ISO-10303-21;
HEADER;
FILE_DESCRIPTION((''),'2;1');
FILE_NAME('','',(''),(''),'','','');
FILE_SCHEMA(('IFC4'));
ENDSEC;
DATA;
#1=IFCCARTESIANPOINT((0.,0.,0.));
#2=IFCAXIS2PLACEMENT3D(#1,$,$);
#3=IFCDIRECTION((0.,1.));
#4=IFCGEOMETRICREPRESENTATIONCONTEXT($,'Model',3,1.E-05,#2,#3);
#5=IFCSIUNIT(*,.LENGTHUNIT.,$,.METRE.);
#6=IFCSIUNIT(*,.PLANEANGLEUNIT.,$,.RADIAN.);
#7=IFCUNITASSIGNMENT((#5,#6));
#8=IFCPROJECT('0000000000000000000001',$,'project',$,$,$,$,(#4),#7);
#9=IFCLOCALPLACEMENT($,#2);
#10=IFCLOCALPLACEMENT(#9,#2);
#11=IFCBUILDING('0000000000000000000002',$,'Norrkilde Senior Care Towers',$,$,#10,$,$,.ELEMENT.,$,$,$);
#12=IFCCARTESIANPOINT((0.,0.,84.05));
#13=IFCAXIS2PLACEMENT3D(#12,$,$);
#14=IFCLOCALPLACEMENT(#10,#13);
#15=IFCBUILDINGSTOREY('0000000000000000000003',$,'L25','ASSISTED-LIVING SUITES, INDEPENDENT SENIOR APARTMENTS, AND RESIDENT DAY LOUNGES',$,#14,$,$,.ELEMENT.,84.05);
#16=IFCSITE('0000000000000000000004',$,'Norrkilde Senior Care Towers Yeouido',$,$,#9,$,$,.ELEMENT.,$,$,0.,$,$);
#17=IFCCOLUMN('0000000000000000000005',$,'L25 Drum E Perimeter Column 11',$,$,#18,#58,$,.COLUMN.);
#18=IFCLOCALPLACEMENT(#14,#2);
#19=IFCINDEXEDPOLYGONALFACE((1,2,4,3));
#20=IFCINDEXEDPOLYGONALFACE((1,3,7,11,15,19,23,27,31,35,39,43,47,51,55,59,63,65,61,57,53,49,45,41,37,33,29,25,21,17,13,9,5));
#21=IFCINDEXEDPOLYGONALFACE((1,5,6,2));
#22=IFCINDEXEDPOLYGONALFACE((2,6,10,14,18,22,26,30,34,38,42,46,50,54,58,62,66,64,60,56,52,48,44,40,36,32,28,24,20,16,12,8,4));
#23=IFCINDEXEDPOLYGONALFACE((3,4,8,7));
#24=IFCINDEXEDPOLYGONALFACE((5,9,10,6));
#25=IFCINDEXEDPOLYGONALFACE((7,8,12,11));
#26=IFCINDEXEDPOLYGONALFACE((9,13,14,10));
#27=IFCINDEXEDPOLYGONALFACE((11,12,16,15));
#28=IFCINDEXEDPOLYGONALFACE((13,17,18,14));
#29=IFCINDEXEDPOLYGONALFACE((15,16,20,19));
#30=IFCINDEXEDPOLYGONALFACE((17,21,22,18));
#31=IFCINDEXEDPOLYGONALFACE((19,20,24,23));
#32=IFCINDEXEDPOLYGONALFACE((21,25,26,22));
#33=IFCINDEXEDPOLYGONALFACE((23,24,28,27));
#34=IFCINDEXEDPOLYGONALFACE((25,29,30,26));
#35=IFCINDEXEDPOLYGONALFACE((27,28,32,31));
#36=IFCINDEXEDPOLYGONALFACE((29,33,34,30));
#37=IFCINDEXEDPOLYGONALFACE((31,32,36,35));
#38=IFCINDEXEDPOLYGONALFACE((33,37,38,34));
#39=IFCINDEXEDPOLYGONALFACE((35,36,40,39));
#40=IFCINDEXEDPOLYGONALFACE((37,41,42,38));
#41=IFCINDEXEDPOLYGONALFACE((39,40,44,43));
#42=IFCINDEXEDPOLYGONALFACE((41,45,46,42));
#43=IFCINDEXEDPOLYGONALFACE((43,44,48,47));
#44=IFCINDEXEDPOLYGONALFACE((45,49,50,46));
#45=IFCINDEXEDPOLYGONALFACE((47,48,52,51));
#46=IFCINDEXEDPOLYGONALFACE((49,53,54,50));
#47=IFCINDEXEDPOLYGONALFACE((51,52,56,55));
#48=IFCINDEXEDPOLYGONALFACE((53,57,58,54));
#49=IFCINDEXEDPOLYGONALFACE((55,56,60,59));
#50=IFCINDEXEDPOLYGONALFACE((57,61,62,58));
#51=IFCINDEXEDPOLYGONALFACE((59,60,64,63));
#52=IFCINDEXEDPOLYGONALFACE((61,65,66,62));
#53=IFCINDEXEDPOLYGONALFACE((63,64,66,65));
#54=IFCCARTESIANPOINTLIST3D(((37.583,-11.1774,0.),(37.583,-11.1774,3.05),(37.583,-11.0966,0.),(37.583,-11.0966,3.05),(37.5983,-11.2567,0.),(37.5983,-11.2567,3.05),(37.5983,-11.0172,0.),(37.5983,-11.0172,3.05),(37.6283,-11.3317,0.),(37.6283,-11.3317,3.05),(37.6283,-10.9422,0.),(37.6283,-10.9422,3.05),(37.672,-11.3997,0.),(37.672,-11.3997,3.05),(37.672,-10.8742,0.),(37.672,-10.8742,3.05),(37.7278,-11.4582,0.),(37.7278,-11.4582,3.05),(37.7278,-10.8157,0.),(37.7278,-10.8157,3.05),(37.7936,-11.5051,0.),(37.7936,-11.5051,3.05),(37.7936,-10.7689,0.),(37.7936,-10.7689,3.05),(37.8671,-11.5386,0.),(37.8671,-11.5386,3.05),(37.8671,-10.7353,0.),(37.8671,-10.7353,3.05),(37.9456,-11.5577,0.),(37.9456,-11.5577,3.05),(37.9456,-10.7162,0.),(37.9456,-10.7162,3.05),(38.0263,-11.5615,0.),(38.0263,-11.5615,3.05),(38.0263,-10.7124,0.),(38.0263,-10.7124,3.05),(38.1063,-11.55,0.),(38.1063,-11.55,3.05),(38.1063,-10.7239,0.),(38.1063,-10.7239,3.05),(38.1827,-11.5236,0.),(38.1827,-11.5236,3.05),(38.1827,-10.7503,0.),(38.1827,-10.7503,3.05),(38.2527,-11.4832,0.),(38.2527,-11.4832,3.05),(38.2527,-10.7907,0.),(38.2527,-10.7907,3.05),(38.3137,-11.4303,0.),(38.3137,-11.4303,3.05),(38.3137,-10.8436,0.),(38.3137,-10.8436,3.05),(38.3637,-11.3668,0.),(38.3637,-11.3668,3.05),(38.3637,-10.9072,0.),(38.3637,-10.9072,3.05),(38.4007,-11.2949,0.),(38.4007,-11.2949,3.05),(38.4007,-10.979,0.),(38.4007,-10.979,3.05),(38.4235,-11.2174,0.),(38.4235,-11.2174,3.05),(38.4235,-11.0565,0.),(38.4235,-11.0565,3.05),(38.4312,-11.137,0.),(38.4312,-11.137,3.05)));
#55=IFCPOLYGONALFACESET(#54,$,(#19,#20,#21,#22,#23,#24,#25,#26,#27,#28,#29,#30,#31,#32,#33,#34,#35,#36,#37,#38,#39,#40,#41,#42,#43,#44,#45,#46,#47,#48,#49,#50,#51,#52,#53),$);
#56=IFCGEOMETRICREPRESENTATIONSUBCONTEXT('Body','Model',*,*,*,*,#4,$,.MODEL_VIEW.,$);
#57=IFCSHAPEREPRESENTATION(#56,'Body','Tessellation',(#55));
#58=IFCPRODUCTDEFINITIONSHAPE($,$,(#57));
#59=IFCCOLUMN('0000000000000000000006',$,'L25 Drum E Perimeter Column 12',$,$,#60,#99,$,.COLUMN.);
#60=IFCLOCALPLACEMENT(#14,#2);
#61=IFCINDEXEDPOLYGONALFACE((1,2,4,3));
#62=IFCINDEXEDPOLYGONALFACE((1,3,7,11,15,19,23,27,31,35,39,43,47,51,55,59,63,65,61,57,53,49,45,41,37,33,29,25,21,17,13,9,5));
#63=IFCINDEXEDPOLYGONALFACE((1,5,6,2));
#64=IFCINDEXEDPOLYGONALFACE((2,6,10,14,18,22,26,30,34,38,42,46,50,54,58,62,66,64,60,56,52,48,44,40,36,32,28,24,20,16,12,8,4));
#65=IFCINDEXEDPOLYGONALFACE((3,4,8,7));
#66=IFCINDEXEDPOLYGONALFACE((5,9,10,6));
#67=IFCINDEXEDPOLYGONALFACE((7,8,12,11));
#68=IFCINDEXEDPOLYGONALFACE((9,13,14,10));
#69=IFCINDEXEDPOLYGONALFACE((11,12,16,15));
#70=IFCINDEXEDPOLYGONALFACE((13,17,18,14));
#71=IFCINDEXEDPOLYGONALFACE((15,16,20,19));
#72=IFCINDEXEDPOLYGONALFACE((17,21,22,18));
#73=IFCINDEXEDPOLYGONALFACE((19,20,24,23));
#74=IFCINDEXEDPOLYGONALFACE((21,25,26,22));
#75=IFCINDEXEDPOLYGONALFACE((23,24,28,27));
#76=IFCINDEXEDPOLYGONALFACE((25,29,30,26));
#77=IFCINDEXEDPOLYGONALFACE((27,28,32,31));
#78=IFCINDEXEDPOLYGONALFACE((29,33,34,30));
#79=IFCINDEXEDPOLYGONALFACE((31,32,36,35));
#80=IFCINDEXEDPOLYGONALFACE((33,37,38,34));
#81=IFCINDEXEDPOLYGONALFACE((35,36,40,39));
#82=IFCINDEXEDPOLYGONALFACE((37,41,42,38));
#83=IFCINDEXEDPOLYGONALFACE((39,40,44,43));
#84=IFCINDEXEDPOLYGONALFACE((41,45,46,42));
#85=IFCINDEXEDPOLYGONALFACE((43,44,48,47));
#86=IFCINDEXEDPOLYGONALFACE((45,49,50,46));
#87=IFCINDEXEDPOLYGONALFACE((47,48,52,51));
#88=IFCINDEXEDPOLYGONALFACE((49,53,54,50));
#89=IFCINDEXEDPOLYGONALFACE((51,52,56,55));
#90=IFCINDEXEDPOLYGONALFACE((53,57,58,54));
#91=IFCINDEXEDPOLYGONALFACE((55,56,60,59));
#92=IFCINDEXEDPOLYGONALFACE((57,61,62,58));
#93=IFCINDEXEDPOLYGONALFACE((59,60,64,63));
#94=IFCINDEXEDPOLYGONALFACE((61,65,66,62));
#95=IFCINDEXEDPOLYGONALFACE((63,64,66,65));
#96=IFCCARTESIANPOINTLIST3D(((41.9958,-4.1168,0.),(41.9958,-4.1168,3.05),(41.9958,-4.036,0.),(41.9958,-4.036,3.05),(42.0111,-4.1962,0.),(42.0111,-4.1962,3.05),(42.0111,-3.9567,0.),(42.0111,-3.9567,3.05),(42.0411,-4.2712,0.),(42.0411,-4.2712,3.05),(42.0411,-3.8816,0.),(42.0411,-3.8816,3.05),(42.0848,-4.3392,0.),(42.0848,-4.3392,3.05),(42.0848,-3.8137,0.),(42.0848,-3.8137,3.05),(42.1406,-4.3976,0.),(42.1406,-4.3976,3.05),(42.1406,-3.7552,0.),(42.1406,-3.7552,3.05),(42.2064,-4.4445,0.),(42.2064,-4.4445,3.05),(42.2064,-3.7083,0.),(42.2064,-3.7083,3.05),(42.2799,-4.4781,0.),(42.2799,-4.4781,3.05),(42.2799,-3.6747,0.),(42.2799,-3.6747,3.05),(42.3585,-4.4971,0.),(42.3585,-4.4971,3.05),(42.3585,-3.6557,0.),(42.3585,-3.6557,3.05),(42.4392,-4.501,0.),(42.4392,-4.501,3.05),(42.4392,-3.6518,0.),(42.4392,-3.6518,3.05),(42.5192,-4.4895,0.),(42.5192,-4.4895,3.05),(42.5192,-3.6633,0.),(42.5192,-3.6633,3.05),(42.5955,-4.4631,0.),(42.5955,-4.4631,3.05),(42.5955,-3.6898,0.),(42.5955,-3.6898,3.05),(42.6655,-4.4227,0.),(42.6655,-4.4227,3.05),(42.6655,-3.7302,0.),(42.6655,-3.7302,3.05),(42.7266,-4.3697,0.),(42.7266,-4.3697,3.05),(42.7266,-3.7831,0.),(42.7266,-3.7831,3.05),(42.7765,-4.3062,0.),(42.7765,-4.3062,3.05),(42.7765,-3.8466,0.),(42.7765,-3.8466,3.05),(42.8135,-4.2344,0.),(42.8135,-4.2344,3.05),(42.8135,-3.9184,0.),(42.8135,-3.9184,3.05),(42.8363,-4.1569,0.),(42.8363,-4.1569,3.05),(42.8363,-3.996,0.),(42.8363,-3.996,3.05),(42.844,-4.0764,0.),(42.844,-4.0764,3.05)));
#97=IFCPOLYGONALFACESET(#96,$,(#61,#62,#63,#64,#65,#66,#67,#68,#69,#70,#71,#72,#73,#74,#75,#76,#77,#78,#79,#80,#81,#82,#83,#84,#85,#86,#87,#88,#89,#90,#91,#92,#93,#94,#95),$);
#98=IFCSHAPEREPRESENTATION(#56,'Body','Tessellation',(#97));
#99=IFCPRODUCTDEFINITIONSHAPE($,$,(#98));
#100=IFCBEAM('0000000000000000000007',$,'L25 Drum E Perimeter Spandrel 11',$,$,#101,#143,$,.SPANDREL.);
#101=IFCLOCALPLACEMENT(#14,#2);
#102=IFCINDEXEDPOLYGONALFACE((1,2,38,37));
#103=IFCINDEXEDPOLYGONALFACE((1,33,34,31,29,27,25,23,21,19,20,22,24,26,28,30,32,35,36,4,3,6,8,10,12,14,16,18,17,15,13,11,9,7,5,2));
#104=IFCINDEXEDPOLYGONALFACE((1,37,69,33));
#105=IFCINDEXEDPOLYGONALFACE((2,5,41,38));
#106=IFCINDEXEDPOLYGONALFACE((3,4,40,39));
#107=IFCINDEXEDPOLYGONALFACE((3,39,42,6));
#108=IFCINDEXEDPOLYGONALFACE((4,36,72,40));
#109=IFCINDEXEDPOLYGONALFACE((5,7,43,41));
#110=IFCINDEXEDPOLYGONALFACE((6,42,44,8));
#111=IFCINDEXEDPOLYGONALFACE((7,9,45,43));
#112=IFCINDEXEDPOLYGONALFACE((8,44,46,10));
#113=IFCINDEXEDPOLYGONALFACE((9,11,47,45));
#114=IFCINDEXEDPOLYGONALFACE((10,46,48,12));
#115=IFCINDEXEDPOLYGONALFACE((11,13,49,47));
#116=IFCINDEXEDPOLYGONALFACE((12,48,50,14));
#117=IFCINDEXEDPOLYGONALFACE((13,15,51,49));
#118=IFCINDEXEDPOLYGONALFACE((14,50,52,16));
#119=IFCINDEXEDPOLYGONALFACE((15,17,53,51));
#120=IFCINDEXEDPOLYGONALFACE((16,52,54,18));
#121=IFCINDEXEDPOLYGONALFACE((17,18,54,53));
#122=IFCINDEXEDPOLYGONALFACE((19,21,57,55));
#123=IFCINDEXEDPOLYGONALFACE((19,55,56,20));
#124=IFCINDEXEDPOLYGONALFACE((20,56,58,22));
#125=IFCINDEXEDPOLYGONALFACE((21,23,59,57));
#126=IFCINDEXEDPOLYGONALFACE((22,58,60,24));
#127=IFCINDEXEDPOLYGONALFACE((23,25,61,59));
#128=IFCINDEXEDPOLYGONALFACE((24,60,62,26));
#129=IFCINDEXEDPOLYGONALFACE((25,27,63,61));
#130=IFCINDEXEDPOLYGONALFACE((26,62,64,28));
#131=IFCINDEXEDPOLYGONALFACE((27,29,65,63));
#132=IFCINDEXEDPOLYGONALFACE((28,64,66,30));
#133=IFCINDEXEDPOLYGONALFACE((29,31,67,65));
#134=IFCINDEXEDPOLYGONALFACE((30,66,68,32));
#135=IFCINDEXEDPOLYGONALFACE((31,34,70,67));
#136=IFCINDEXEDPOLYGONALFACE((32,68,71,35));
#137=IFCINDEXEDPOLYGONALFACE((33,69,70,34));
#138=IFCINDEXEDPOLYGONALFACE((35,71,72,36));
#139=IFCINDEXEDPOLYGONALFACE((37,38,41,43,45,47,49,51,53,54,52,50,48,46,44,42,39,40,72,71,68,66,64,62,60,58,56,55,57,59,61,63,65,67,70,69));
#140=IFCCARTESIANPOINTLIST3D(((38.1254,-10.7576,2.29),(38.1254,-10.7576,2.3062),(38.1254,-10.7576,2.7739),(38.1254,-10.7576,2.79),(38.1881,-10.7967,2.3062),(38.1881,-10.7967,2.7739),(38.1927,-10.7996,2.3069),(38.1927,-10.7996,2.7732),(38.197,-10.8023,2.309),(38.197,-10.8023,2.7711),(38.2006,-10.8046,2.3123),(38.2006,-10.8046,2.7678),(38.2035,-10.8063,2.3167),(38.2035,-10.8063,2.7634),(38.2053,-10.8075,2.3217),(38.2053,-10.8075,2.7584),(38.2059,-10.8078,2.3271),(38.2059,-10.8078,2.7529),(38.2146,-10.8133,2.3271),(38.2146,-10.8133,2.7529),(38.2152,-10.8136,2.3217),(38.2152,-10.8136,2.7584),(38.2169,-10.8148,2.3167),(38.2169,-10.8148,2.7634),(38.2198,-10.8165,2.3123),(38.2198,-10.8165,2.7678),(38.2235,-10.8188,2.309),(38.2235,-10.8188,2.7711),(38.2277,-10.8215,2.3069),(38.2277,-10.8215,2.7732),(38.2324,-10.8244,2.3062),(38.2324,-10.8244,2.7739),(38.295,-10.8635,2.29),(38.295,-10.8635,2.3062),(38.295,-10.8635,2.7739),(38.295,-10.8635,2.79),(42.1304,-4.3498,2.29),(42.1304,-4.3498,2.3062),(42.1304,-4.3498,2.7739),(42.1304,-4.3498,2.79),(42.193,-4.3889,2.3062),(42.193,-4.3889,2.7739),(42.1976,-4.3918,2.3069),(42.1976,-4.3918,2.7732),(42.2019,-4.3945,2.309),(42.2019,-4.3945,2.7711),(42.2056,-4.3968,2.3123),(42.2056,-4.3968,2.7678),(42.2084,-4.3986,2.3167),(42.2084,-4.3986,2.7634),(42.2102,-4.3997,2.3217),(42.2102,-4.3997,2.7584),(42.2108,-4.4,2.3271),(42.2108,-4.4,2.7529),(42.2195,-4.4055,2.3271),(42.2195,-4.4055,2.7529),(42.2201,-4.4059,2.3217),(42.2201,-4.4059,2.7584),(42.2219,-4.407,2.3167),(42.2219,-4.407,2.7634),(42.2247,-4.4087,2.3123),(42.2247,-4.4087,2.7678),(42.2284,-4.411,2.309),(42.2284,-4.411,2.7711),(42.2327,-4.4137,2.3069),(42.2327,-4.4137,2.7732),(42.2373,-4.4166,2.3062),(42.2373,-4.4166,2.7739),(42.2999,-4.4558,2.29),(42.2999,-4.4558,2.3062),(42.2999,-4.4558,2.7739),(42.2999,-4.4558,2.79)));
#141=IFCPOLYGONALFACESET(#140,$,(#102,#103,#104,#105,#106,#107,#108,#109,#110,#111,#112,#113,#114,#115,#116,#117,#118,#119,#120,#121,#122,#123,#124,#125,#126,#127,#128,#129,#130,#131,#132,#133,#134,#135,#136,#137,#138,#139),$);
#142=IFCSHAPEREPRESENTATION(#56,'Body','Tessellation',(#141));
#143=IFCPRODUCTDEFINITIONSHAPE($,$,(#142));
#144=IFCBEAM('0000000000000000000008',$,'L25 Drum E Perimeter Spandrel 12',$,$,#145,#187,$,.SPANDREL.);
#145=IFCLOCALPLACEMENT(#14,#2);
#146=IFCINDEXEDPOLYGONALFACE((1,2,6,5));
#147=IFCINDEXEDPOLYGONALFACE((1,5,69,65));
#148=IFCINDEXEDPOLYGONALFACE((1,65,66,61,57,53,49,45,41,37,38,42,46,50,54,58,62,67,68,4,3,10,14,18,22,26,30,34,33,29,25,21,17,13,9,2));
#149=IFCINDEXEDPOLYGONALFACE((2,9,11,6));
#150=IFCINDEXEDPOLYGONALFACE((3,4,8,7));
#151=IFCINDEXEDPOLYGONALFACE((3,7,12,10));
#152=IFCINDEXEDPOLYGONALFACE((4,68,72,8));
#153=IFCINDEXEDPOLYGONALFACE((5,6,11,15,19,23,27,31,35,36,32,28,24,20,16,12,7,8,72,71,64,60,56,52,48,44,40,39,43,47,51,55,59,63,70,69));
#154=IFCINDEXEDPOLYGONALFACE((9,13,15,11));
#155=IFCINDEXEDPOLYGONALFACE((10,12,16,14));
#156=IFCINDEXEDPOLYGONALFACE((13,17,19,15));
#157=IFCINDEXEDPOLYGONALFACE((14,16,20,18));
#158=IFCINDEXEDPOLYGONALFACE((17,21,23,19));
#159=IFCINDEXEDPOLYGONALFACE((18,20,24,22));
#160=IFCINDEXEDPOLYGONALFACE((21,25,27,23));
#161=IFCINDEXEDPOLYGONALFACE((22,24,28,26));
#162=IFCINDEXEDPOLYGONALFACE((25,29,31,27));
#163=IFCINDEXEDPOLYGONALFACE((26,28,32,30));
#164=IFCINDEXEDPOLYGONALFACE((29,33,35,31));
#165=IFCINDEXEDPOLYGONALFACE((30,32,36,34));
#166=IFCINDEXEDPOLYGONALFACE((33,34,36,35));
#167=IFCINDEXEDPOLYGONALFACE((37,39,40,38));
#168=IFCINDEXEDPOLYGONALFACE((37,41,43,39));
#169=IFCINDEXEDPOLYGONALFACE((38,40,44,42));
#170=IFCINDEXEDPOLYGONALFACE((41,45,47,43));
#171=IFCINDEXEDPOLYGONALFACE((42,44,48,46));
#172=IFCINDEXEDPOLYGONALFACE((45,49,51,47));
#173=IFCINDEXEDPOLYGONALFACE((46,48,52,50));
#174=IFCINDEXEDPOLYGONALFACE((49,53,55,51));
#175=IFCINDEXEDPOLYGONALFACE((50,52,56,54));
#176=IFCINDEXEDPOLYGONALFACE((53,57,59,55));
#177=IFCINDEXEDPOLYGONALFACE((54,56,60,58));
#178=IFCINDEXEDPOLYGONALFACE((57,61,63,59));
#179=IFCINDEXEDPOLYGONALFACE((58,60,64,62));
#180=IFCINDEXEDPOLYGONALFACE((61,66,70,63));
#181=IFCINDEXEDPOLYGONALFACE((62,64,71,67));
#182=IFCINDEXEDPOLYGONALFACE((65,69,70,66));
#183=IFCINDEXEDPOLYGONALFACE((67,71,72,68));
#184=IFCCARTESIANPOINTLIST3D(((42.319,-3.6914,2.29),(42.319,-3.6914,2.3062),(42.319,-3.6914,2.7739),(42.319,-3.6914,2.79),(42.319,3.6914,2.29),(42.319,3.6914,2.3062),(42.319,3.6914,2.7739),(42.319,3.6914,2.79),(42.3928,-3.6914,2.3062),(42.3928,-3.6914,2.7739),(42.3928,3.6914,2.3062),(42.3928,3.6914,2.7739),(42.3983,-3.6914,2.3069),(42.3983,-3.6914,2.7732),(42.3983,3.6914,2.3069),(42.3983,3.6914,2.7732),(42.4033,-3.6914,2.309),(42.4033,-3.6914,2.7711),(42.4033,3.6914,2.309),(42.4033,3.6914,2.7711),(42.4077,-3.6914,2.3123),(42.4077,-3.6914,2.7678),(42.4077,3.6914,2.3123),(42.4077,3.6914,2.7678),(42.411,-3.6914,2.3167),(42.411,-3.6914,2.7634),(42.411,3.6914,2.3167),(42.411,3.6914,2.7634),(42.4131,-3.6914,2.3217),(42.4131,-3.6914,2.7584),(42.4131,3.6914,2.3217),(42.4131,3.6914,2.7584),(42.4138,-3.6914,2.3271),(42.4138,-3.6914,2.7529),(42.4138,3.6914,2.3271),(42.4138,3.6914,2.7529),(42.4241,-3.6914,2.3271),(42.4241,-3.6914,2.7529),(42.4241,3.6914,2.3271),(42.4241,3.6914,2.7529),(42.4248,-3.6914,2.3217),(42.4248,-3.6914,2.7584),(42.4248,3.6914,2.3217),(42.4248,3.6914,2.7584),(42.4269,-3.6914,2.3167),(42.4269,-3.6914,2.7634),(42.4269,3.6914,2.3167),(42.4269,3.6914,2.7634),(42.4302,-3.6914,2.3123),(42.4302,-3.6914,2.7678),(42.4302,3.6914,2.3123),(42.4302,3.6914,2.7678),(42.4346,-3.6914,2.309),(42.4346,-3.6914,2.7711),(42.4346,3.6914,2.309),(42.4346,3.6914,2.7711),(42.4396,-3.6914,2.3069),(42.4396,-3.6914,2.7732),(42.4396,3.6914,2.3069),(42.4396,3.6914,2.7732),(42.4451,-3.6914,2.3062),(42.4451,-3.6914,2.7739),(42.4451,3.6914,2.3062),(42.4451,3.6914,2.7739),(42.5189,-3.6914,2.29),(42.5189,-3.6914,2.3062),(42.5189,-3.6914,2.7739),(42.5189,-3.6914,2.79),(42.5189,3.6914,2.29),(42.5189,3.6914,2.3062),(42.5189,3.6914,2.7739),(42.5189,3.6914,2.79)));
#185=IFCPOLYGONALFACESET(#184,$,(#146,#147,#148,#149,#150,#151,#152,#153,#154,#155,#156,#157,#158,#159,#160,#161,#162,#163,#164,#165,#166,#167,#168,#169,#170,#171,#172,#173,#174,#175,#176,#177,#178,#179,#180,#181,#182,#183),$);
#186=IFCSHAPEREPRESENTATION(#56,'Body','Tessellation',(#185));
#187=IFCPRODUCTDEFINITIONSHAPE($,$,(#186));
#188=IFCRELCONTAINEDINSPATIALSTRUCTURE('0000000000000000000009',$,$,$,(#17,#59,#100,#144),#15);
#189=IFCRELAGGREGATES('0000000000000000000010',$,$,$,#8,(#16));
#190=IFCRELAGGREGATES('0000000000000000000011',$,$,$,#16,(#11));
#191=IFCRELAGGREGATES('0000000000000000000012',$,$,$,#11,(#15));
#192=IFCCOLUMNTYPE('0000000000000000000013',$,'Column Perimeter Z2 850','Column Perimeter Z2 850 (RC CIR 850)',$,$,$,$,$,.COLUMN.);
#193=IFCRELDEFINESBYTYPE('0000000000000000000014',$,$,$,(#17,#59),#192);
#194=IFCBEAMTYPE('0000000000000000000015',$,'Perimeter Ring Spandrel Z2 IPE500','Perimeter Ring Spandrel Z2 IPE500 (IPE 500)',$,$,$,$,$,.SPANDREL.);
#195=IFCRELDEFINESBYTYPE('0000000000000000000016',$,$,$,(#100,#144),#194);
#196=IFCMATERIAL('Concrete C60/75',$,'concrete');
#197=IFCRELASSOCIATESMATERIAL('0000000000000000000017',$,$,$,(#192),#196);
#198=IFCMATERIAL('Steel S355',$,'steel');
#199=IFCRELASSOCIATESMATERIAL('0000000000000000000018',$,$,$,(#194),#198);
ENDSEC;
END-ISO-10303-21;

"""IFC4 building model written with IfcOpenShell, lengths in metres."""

from ifc_helpers import new_model, si_unit, direction, frame, origin, origin_2d, place, context, subcontext, project, spatial, circle, i_section, extrude, source, transform, mapped, material, material_profile, profile_set, type_object, type_shapes, element, save


model = new_model("IFC4")

# Units and contexts
model_context = context("Model", 3, precision=1e-05, world=origin(), true_north=direction((0.0, 1.0)))
body_context = subcontext(model_context, "Body", "Model", "MODEL_VIEW")
ifc_project = project(units=[si_unit("LENGTHUNIT", "METRE"), si_unit("PLANEANGLEUNIT", "RADIAN")], contexts=[model_context])

# Site, building, storey
site_placement = place(None, origin())
site = spatial("IfcSite", under=ifc_project, at=site_placement, Name="Norrkilde Senior Care Towers Yeouido", CompositionType="ELEMENT", RefElevation=0.0)
building_placement = place(site_placement, origin())
building = spatial("IfcBuilding", under=site, at=building_placement, Name="Norrkilde Senior Care Towers", CompositionType="ELEMENT")
storey_placement = place(building_placement, frame((0.0, 0.0, 84.05)))
storey = spatial("IfcBuildingStorey", under=building, at=storey_placement, Name="L25", Description="ASSISTED-LIVING SUITES, INDEPENDENT SENIOR APARTMENTS, AND RESIDENT DAY LOUNGES", CompositionType="ELEMENT", Elevation=84.05)

# Columns
ifc_material_1 = material(Name="Concrete C60/75", Category="concrete")
ifc_material_profile_1 = material_profile(ifc_material_1, circle(Radius=0.425, at=origin_2d()), Name="RC CIR 850")
ifc_profile_set_1 = profile_set([ifc_material_profile_1], Name="Concrete C60/75")
column_type = type_object("IfcColumnType", Name="Column Perimeter Z2 850", Description="Column Perimeter Z2 850 (RC CIR 850)", PredefinedType="COLUMN", material=ifc_profile_set_1)
shared_shape_1 = source(origin(), body_context, "Body", "SweptSolid", [
    extrude(circle(Radius=0.425, at=origin_2d()), origin(), (0.0, 0.0, 1.0), 3.05),
])
type_shapes(column_type, [shared_shape_1])
for number, where, z_axis, x_axis, name in (
    (1, (38.0061, -11.137, 0.0), (0.0, 0.0, 1.0), (1.0, 0.0, 0.0), "L25 Drum E Perimeter Column 11"),
    (2, (42.4189, -4.0764, 0.0), (0.0, 0.0, 1.0), (1.0, 0.0, 0.0), "L25 Drum E Perimeter Column 12"),
):
    element("IfcColumn", number, at=place(storey_placement, frame(where, z_axis=z_axis, x_axis=x_axis)), inside=storey, type_object=column_type, Name=name, PredefinedType="COLUMN", context=body_context, shape_type="MappedRepresentation", body=[
        mapped(shared_shape_1, transform((0.0, 0.0, 0.0), x_axis=(1.0, 0.0, 0.0), y_axis=(0.0, 1.0, 0.0), z_axis=(0.0, 0.0, 1.0), scale=1.0)),
    ])

# Beams
ifc_material_2 = material(Name="Steel S355", Category="steel")
ifc_material_profile_2 = material_profile(ifc_material_2, i_section(OverallWidth=0.2, OverallDepth=0.5, WebThickness=0.0103, FlangeThickness=0.0161, FilletRadius=0.021, at=origin_2d()), Name="IPE 500")
ifc_profile_set_2 = profile_set([ifc_material_profile_2], Name="Steel S355")
beam_type = type_object("IfcBeamType", Name="Perimeter Ring Spandrel Z2 IPE500", Description="Perimeter Ring Spandrel Z2 IPE500 (IPE 500)", PredefinedType="SPANDREL", material=ifc_profile_set_2)
shared_shape_2 = source(origin(), body_context, "Body", "SweptSolid", [
    extrude(i_section(OverallWidth=0.2, OverallDepth=0.5, WebThickness=0.0103, FlangeThickness=0.0161, FilletRadius=0.021, at=origin_2d()), origin(), (0.0, 0.0, 1.0), 7.5564),
])
beam_1_placement = place(storey_placement, frame((38.2102, -10.8105, 2.54), z_axis=(0.530005, 0.847995, 0.0), x_axis=(-0.847995, 0.530005, 0.0)))
element("IfcBeam", 3, at=beam_1_placement, inside=storey, type_object=beam_type, Name="L25 Drum E Perimeter Spandrel 11", PredefinedType="SPANDREL", context=body_context, shape_type="MappedRepresentation", body=[
    mapped(shared_shape_2, transform((0.0, 0.0, 0.0), x_axis=(1.0, 0.0, 0.0), y_axis=(0.0, 1.0, 0.0), z_axis=(0.0, 0.0, 1.0), scale=1.0)),
])
shared_shape_3 = source(origin(), body_context, "Body", "SweptSolid", [
    extrude(i_section(OverallWidth=0.2, OverallDepth=0.5, WebThickness=0.0103, FlangeThickness=0.0161, FilletRadius=0.021, at=origin_2d()), origin(), (0.0, 0.0, 1.0), 7.3828),
])
type_shapes(beam_type, [shared_shape_2, shared_shape_3])
beam_2_placement = place(storey_placement, frame((42.4189, -3.6914, 2.54), z_axis=(0.0, 1.0, 0.0), x_axis=(-1.0, 0.0, 0.0)))
element("IfcBeam", 4, at=beam_2_placement, inside=storey, type_object=beam_type, Name="L25 Drum E Perimeter Spandrel 12", PredefinedType="SPANDREL", context=body_context, shape_type="MappedRepresentation", body=[
    mapped(shared_shape_3, transform((0.0, 0.0, 0.0), x_axis=(1.0, 0.0, 0.0), y_axis=(0.0, 1.0, 0.0), z_axis=(0.0, 0.0, 1.0), scale=1.0)),
])

save(model, "model.ifc")
